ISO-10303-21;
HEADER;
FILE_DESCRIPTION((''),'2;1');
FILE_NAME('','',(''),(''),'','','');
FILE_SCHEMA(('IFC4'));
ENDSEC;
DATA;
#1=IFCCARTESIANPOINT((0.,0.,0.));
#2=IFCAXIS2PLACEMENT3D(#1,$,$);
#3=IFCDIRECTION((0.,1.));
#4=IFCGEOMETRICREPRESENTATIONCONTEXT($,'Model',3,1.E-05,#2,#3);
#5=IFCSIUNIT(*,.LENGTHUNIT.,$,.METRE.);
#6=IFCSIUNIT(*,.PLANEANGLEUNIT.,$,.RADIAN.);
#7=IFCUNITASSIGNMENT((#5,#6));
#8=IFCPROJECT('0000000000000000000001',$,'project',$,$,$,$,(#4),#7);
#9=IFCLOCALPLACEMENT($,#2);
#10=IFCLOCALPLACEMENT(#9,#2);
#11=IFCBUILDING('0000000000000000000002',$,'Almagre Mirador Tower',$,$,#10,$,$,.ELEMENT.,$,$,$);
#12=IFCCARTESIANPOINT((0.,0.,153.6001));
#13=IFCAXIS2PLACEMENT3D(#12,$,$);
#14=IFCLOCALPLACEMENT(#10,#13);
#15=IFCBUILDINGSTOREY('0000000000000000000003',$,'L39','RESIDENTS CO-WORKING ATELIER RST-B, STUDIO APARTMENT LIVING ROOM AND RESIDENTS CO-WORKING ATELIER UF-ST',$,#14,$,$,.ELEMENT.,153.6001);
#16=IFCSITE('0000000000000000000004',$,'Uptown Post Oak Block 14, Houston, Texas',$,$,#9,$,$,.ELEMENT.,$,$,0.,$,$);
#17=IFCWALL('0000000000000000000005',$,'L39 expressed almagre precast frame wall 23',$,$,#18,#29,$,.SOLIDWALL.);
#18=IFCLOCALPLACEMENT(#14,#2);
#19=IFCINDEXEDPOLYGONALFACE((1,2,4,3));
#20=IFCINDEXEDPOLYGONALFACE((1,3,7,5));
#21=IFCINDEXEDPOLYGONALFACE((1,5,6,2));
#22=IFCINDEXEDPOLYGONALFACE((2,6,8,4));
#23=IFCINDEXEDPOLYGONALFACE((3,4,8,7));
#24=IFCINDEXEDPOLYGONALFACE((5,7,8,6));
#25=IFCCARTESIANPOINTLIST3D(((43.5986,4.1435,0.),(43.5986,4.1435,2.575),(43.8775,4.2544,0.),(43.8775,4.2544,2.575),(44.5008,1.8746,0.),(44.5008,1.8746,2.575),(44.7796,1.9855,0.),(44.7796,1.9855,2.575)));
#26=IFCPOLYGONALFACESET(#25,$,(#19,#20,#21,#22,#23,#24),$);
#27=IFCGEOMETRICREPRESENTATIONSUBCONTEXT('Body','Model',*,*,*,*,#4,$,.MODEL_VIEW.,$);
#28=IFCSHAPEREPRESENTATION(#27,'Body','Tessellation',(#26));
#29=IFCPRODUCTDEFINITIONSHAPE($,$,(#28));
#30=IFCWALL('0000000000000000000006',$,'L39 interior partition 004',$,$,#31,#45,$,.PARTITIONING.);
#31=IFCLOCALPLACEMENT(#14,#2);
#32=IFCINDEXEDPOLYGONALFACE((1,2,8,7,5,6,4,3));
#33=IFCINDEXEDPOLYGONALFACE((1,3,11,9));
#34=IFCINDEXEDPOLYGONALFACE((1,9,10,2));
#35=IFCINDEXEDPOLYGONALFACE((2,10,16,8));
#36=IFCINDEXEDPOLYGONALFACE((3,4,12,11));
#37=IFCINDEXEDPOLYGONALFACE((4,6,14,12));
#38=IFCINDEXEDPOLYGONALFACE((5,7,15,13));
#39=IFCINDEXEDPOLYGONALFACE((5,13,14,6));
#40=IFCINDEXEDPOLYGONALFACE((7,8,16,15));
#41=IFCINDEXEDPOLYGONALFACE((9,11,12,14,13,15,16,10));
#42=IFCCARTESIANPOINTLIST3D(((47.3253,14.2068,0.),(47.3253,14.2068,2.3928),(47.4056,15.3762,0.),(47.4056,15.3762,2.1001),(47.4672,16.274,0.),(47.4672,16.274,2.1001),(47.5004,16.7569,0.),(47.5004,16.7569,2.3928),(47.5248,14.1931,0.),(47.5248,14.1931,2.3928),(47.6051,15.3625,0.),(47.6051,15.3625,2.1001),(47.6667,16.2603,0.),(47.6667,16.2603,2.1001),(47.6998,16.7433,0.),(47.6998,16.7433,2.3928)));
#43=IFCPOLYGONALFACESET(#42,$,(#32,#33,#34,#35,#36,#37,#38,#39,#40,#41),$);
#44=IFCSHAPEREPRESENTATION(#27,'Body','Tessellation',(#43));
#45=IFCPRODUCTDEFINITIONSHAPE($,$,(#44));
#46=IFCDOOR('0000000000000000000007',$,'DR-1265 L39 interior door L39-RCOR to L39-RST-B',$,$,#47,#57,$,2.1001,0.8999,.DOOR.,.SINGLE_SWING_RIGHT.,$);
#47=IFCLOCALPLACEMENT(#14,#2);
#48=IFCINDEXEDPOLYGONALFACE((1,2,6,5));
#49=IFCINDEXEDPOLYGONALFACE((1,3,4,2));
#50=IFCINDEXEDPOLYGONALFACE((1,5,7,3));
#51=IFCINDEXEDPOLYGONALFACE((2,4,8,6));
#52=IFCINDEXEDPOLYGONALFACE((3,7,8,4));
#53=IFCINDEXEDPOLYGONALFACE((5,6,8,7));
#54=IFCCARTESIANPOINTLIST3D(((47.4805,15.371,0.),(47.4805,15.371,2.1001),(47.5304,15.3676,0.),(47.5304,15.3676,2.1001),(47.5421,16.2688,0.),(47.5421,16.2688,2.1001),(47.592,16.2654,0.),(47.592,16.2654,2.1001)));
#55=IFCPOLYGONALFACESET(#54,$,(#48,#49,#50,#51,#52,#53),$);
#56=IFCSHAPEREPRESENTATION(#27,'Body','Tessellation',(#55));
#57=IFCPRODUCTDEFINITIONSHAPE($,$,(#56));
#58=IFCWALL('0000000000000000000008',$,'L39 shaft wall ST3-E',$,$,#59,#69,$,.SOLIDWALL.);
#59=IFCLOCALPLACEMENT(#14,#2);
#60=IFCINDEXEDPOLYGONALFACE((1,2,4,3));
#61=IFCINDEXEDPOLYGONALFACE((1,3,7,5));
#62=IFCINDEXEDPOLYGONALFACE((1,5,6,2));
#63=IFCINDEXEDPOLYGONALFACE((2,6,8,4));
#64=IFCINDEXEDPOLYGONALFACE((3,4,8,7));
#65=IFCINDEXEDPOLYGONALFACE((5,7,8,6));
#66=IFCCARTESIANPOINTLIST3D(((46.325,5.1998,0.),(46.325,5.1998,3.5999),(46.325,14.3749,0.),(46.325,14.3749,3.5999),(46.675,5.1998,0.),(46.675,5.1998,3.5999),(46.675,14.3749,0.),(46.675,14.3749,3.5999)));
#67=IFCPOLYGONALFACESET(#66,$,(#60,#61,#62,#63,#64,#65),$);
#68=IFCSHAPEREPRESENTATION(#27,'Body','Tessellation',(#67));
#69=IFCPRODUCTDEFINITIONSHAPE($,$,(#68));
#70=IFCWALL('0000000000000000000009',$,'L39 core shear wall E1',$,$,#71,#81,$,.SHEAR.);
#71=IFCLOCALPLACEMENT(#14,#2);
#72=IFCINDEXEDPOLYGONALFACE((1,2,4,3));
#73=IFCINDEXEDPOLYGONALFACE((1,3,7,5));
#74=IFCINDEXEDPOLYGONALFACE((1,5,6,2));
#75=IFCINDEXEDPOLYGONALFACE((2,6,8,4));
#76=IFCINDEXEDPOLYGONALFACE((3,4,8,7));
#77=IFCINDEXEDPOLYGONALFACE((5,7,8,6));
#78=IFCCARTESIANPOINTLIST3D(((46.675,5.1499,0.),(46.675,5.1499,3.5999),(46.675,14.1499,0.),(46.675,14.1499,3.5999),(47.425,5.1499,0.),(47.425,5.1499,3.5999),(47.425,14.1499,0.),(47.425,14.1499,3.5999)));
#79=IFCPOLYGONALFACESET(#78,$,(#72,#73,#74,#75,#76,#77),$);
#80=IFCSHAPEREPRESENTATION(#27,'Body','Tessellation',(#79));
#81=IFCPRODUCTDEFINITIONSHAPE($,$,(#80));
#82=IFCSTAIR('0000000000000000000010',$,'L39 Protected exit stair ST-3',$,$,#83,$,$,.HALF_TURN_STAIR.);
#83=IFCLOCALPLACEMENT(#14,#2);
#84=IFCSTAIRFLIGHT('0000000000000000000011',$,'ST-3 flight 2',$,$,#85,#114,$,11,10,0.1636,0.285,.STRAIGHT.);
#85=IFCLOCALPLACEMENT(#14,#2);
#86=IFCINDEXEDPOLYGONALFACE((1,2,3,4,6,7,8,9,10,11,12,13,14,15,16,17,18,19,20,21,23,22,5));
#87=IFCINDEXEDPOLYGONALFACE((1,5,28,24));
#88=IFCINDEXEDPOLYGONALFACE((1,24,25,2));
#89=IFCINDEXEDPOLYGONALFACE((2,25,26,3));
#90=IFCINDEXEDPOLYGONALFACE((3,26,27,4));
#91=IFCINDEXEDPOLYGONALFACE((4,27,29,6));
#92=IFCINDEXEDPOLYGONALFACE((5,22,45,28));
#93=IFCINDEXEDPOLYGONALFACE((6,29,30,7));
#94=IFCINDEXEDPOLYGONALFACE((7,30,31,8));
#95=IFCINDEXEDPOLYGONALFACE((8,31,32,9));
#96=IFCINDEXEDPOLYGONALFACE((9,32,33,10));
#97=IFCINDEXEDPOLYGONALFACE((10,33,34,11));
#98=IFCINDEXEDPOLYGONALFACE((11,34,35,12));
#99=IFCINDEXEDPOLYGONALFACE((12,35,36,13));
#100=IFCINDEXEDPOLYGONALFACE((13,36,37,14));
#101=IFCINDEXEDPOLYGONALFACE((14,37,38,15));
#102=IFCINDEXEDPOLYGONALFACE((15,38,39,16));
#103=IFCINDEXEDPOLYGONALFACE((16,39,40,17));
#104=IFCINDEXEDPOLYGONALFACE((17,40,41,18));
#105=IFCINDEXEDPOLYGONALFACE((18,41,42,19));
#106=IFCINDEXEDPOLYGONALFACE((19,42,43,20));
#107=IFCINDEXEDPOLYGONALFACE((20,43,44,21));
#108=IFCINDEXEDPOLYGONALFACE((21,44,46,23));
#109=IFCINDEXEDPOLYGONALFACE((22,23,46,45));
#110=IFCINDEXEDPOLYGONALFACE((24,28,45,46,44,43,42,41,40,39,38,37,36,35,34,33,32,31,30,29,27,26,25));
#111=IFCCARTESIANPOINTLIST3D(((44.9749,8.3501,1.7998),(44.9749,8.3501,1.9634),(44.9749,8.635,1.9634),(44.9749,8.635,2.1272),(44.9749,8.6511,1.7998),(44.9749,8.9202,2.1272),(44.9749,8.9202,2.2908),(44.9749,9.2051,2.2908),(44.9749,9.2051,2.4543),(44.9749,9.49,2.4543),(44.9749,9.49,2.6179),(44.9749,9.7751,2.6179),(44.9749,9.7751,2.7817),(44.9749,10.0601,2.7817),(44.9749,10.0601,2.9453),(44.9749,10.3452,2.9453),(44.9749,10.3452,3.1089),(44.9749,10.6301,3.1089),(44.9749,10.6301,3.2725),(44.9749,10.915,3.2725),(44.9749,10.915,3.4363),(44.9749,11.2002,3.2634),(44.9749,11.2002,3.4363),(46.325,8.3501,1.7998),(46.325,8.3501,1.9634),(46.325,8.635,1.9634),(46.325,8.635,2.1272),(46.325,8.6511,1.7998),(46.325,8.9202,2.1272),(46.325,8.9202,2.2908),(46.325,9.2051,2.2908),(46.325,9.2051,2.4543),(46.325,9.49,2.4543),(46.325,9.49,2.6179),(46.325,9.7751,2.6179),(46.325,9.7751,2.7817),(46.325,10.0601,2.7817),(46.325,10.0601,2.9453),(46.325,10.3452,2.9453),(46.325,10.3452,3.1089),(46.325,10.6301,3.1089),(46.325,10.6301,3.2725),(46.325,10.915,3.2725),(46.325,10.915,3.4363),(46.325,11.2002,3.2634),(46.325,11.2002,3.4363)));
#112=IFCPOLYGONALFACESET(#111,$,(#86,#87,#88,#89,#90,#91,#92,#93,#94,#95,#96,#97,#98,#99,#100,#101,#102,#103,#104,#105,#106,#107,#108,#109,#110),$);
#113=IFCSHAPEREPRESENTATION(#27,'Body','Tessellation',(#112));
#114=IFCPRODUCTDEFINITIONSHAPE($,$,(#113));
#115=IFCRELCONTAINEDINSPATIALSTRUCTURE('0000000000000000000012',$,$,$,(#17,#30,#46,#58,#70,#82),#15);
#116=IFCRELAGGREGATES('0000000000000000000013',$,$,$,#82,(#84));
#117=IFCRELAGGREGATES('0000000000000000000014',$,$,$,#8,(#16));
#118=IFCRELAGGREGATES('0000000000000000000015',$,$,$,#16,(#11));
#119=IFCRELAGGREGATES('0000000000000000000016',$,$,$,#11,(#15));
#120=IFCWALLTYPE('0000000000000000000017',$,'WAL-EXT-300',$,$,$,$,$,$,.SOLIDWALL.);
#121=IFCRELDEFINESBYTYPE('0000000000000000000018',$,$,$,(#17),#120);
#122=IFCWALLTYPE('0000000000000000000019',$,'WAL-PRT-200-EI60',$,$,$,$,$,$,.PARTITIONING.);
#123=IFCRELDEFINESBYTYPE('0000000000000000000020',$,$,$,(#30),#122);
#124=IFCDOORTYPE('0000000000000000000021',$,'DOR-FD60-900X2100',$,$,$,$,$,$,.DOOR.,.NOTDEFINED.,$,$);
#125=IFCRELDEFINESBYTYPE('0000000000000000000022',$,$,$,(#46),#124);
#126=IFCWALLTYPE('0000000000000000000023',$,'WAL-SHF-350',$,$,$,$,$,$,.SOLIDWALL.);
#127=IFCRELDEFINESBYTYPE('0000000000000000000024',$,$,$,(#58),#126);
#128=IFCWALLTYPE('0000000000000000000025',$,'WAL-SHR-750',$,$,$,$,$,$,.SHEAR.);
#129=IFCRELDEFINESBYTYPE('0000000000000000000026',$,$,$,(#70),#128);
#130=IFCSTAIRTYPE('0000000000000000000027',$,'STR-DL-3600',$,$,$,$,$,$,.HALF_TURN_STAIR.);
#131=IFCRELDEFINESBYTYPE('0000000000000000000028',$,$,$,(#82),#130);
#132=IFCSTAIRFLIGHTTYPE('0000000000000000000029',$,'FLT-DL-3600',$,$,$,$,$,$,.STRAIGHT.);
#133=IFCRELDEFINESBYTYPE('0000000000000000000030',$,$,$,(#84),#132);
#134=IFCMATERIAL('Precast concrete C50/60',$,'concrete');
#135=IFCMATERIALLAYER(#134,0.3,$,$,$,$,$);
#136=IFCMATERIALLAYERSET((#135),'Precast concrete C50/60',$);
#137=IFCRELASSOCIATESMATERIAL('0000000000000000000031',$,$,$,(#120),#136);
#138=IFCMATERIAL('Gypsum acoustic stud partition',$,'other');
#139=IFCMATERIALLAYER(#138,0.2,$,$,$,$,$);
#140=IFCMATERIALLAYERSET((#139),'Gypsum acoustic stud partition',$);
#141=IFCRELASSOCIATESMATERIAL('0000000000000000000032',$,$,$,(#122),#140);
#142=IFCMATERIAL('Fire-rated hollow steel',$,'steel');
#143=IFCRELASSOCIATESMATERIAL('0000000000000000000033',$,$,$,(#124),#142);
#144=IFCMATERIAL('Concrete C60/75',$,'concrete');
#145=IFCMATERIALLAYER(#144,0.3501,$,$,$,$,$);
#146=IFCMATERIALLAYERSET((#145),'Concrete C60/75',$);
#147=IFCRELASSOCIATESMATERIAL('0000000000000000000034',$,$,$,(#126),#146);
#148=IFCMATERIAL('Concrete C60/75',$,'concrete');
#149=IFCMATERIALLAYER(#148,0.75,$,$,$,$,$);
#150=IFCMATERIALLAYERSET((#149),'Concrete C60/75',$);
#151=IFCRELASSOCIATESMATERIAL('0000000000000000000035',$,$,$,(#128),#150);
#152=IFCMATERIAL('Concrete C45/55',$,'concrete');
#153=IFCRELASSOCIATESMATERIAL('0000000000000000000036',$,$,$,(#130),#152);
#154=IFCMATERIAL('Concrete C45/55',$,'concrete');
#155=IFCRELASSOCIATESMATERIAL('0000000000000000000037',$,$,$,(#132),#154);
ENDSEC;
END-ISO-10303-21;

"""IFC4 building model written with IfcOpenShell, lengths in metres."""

from ifc_helpers import new_model, si_unit, direction, frame, frame_2d, origin, place, context, subcontext, project, spatial, polyline, rectangle, outline, extrude, material, layer, layer_set, type_object, element, fill, aggregate, save


model = new_model("IFC4")

# Units and contexts
model_context = context("Model", 3, precision=1e-05, world=origin(), true_north=direction((0.0, 1.0)))
body_context = subcontext(model_context, "Body", "Model", "MODEL_VIEW")
ifc_project = project(units=[si_unit("LENGTHUNIT", "METRE"), si_unit("PLANEANGLEUNIT", "RADIAN")], contexts=[model_context])

# Site, building, storey
site_placement = place(None, origin())
site = spatial("IfcSite", under=ifc_project, at=site_placement, Name="Uptown Post Oak Block 14, Houston, Texas", CompositionType="ELEMENT", RefElevation=0.0)
building_placement = place(site_placement, origin())
building = spatial("IfcBuilding", under=site, at=building_placement, Name="Almagre Mirador Tower", CompositionType="ELEMENT")
storey_placement = place(building_placement, frame((0.0, 0.0, 153.6001)))
storey = spatial("IfcBuildingStorey", under=building, at=storey_placement, Name="L39", Description="RESIDENTS CO-WORKING ATELIER RST-B, STUDIO APARTMENT LIVING ROOM AND RESIDENTS CO-WORKING ATELIER UF-ST", CompositionType="ELEMENT", Elevation=153.6001)

# Wall
ifc_material_1 = material(Name="Precast concrete C50/60", Category="concrete")
ifc_layer_1 = layer(ifc_material_1, 0.3)
ifc_layer_set_1 = layer_set([ifc_layer_1], Name="Precast concrete C50/60")
wall_type_1 = type_object("IfcWallType", Name="WAL-EXT-300", PredefinedType="SOLIDWALL", material=ifc_layer_set_1)
wall_1_placement = place(storey_placement, frame((44.6401, 1.9302, 0.0), z_axis=(0.0, 0.0, 1.0), x_axis=(-0.369476, 0.92924, 0.0)))
element("IfcWall", 1, at=wall_1_placement, inside=storey, type_object=wall_type_1, Name="L39 expressed almagre precast frame wall 23", PredefinedType="SOLIDWALL", context=body_context, shape_type="SweptSolid", body=[
    extrude(rectangle(XDim=2.4417, YDim=0.3, at=frame_2d((1.2207, 0.0))), origin(), (0.0, 0.0, 1.0), 2.575),
])

# Wall, opening, door
ifc_material_2 = material(Name="Gypsum acoustic stud partition", Category="other")
ifc_layer_2 = layer(ifc_material_2, 0.2)
ifc_layer_set_2 = layer_set([ifc_layer_2], Name="Gypsum acoustic stud partition")
wall_type_2 = type_object("IfcWallType", Name="WAL-PRT-200-EI60", PredefinedType="PARTITIONING", material=ifc_layer_set_2)
wall_2_placement = place(storey_placement, frame((47.425, 14.2, 0.0), z_axis=(0.0, 0.0, 1.0), x_axis=(0.068484, 0.997652, 0.0)))
wall_2 = element("IfcWall", 2, at=wall_2_placement, inside=storey, type_object=wall_type_2, Name="L39 interior partition 004", PredefinedType="PARTITIONING", context=body_context, shape_type="SweptSolid", body=[
    extrude(rectangle(XDim=2.5562, YDim=0.2, at=frame_2d((1.2781, 0.0))), origin(), (0.0, 0.0, 1.0), 2.3928),
])
opening_placement = place(wall_2_placement, frame((1.1721, 0.0, 0.0)))
opening = element("IfcOpeningElement", 3, at=opening_placement, cuts=wall_2, PredefinedType="OPENING", context=body_context, shape_type="SweptSolid", body=[
    extrude(rectangle(XDim=0.8999, YDim=2.1001, at=frame_2d((0.45, 1.05))), frame((0.0, 0.1101, 0.0), z_axis=(0.0, -1.0, 0.0), x_axis=(1.0, 0.0, 0.0)), (0.0, 0.0, 1.0), 0.22),
])
ifc_material_3 = material(Name="Fire-rated hollow steel", Category="steel")
door_type = type_object("IfcDoorType", Name="DOR-FD60-900X2100", OperationType="NOTDEFINED", PredefinedType="DOOR", material=ifc_material_3)
door_placement = place(opening_placement, origin())
door = element("IfcDoor", 4, at=door_placement, inside=storey, type_object=door_type, Name="DR-1265 L39 interior door L39-RCOR to L39-RST-B", OperationType="SINGLE_SWING_RIGHT", OverallHeight=2.1001, OverallWidth=0.8999, PredefinedType="DOOR", context=body_context, shape_type="SweptSolid", body=[
    extrude(rectangle(XDim=0.8999, YDim=2.1001, at=frame_2d((0.45, 1.05))), frame((0.0, 0.0249, 0.0), z_axis=(0.0, -1.0, 0.0), x_axis=(1.0, 0.0, 0.0)), (0.0, 0.0, 1.0), 0.05),
])
fill(opening, door)

# Walls
ifc_material_4 = material(Name="Concrete C60/75", Category="concrete")
ifc_layer_3 = layer(ifc_material_4, 0.3501)
ifc_layer_set_3 = layer_set([ifc_layer_3], Name="Concrete C60/75")
wall_type_3 = type_object("IfcWallType", Name="WAL-SHF-350", PredefinedType="SOLIDWALL", material=ifc_layer_set_3)
wall_3_placement = place(storey_placement, frame((46.5, 5.2, 0.0), z_axis=(0.0, 0.0, 1.0), x_axis=(0.0, 1.0, 0.0)))
element("IfcWall", 5, at=wall_3_placement, inside=storey, type_object=wall_type_3, Name="L39 shaft wall ST3-E", PredefinedType="SOLIDWALL", context=body_context, shape_type="SweptSolid", body=[
    extrude(rectangle(XDim=9.175, YDim=0.3501, at=frame_2d((4.5874, 0.0))), origin(), (0.0, 0.0, 1.0), 3.5999),
])
ifc_material_5 = material(Name="Concrete C60/75", Category="concrete")
ifc_layer_4 = layer(ifc_material_5, 0.75)
ifc_layer_set_4 = layer_set([ifc_layer_4], Name="Concrete C60/75")
wall_type_4 = type_object("IfcWallType", Name="WAL-SHR-750", PredefinedType="SHEAR", material=ifc_layer_set_4)
wall_4_placement = place(storey_placement, frame((47.05, 5.1499, 0.0), z_axis=(0.0, 0.0, 1.0), x_axis=(0.0, 1.0, 0.0)))
element("IfcWall", 6, at=wall_4_placement, inside=storey, type_object=wall_type_4, Name="L39 core shear wall E1", PredefinedType="SHEAR", context=body_context, shape_type="SweptSolid", body=[
    extrude(rectangle(XDim=9.0, YDim=0.75, at=frame_2d((4.5, 0.0))), origin(), (0.0, 0.0, 1.0), 3.5999),
])

# Stair, stair flight
ifc_material_6 = material(Name="Concrete C45/55", Category="concrete")
stair_type = type_object("IfcStairType", Name="STR-DL-3600", PredefinedType="HALF_TURN_STAIR", material=ifc_material_6)
stair_placement = place(storey_placement, origin())
stair = element("IfcStair", 7, at=stair_placement, inside=storey, type_object=stair_type, Name="L39 Protected exit stair ST-3", PredefinedType="HALF_TURN_STAIR")
ifc_material_7 = material(Name="Concrete C45/55", Category="concrete")
stair_flight_type = type_object("IfcStairFlightType", Name="FLT-DL-3600", PredefinedType="STRAIGHT", material=ifc_material_7)
stair_flight_placement = place(storey_placement, frame((45.6499, 8.3501, 1.7998), z_axis=(0.0, 0.0, 1.0), x_axis=(0.0, 1.0, 0.0)))
stair_flight = element("IfcStairFlight", 8, at=stair_flight_placement, type_object=stair_flight_type, Name="ST-3 flight 2", NumberOfRisers=11, NumberOfTreads=10, PredefinedType="STRAIGHT", RiserHeight=0.1636, TreadLength=0.285, context=body_context, shape_type="SweptSolid", body=[
    extrude(outline(polyline([(0.0, 0.0), (0.0, 0.1636), (0.2849, 0.1636), (0.2849, 0.3274), (0.5701, 0.3274), (0.5701, 0.491), (0.855, 0.491), (0.855, 0.6545), (1.1399, 0.6545), (1.1399, 0.8181), (1.425, 0.8181), (1.425, 0.9819), (1.71, 0.9819), (1.71, 1.1455), (1.9951, 1.1455), (1.9951, 1.3091), (2.28, 1.3091), (2.28, 1.4727), (2.5649, 1.4727), (2.5649, 1.6365), (2.8501, 1.6365), (2.8501, 1.8), (2.8501, 1.4636), (0.301, 0.0), (0.0, 0.0)])), frame((0.0, 0.675, 0.0), z_axis=(0.0, -1.0, 0.0), x_axis=(1.0, 0.0, 0.0)), (0.0, 0.0, 1.0), 1.3501),
])
aggregate(stair, [stair_flight])

save(model, "model.ifc")
